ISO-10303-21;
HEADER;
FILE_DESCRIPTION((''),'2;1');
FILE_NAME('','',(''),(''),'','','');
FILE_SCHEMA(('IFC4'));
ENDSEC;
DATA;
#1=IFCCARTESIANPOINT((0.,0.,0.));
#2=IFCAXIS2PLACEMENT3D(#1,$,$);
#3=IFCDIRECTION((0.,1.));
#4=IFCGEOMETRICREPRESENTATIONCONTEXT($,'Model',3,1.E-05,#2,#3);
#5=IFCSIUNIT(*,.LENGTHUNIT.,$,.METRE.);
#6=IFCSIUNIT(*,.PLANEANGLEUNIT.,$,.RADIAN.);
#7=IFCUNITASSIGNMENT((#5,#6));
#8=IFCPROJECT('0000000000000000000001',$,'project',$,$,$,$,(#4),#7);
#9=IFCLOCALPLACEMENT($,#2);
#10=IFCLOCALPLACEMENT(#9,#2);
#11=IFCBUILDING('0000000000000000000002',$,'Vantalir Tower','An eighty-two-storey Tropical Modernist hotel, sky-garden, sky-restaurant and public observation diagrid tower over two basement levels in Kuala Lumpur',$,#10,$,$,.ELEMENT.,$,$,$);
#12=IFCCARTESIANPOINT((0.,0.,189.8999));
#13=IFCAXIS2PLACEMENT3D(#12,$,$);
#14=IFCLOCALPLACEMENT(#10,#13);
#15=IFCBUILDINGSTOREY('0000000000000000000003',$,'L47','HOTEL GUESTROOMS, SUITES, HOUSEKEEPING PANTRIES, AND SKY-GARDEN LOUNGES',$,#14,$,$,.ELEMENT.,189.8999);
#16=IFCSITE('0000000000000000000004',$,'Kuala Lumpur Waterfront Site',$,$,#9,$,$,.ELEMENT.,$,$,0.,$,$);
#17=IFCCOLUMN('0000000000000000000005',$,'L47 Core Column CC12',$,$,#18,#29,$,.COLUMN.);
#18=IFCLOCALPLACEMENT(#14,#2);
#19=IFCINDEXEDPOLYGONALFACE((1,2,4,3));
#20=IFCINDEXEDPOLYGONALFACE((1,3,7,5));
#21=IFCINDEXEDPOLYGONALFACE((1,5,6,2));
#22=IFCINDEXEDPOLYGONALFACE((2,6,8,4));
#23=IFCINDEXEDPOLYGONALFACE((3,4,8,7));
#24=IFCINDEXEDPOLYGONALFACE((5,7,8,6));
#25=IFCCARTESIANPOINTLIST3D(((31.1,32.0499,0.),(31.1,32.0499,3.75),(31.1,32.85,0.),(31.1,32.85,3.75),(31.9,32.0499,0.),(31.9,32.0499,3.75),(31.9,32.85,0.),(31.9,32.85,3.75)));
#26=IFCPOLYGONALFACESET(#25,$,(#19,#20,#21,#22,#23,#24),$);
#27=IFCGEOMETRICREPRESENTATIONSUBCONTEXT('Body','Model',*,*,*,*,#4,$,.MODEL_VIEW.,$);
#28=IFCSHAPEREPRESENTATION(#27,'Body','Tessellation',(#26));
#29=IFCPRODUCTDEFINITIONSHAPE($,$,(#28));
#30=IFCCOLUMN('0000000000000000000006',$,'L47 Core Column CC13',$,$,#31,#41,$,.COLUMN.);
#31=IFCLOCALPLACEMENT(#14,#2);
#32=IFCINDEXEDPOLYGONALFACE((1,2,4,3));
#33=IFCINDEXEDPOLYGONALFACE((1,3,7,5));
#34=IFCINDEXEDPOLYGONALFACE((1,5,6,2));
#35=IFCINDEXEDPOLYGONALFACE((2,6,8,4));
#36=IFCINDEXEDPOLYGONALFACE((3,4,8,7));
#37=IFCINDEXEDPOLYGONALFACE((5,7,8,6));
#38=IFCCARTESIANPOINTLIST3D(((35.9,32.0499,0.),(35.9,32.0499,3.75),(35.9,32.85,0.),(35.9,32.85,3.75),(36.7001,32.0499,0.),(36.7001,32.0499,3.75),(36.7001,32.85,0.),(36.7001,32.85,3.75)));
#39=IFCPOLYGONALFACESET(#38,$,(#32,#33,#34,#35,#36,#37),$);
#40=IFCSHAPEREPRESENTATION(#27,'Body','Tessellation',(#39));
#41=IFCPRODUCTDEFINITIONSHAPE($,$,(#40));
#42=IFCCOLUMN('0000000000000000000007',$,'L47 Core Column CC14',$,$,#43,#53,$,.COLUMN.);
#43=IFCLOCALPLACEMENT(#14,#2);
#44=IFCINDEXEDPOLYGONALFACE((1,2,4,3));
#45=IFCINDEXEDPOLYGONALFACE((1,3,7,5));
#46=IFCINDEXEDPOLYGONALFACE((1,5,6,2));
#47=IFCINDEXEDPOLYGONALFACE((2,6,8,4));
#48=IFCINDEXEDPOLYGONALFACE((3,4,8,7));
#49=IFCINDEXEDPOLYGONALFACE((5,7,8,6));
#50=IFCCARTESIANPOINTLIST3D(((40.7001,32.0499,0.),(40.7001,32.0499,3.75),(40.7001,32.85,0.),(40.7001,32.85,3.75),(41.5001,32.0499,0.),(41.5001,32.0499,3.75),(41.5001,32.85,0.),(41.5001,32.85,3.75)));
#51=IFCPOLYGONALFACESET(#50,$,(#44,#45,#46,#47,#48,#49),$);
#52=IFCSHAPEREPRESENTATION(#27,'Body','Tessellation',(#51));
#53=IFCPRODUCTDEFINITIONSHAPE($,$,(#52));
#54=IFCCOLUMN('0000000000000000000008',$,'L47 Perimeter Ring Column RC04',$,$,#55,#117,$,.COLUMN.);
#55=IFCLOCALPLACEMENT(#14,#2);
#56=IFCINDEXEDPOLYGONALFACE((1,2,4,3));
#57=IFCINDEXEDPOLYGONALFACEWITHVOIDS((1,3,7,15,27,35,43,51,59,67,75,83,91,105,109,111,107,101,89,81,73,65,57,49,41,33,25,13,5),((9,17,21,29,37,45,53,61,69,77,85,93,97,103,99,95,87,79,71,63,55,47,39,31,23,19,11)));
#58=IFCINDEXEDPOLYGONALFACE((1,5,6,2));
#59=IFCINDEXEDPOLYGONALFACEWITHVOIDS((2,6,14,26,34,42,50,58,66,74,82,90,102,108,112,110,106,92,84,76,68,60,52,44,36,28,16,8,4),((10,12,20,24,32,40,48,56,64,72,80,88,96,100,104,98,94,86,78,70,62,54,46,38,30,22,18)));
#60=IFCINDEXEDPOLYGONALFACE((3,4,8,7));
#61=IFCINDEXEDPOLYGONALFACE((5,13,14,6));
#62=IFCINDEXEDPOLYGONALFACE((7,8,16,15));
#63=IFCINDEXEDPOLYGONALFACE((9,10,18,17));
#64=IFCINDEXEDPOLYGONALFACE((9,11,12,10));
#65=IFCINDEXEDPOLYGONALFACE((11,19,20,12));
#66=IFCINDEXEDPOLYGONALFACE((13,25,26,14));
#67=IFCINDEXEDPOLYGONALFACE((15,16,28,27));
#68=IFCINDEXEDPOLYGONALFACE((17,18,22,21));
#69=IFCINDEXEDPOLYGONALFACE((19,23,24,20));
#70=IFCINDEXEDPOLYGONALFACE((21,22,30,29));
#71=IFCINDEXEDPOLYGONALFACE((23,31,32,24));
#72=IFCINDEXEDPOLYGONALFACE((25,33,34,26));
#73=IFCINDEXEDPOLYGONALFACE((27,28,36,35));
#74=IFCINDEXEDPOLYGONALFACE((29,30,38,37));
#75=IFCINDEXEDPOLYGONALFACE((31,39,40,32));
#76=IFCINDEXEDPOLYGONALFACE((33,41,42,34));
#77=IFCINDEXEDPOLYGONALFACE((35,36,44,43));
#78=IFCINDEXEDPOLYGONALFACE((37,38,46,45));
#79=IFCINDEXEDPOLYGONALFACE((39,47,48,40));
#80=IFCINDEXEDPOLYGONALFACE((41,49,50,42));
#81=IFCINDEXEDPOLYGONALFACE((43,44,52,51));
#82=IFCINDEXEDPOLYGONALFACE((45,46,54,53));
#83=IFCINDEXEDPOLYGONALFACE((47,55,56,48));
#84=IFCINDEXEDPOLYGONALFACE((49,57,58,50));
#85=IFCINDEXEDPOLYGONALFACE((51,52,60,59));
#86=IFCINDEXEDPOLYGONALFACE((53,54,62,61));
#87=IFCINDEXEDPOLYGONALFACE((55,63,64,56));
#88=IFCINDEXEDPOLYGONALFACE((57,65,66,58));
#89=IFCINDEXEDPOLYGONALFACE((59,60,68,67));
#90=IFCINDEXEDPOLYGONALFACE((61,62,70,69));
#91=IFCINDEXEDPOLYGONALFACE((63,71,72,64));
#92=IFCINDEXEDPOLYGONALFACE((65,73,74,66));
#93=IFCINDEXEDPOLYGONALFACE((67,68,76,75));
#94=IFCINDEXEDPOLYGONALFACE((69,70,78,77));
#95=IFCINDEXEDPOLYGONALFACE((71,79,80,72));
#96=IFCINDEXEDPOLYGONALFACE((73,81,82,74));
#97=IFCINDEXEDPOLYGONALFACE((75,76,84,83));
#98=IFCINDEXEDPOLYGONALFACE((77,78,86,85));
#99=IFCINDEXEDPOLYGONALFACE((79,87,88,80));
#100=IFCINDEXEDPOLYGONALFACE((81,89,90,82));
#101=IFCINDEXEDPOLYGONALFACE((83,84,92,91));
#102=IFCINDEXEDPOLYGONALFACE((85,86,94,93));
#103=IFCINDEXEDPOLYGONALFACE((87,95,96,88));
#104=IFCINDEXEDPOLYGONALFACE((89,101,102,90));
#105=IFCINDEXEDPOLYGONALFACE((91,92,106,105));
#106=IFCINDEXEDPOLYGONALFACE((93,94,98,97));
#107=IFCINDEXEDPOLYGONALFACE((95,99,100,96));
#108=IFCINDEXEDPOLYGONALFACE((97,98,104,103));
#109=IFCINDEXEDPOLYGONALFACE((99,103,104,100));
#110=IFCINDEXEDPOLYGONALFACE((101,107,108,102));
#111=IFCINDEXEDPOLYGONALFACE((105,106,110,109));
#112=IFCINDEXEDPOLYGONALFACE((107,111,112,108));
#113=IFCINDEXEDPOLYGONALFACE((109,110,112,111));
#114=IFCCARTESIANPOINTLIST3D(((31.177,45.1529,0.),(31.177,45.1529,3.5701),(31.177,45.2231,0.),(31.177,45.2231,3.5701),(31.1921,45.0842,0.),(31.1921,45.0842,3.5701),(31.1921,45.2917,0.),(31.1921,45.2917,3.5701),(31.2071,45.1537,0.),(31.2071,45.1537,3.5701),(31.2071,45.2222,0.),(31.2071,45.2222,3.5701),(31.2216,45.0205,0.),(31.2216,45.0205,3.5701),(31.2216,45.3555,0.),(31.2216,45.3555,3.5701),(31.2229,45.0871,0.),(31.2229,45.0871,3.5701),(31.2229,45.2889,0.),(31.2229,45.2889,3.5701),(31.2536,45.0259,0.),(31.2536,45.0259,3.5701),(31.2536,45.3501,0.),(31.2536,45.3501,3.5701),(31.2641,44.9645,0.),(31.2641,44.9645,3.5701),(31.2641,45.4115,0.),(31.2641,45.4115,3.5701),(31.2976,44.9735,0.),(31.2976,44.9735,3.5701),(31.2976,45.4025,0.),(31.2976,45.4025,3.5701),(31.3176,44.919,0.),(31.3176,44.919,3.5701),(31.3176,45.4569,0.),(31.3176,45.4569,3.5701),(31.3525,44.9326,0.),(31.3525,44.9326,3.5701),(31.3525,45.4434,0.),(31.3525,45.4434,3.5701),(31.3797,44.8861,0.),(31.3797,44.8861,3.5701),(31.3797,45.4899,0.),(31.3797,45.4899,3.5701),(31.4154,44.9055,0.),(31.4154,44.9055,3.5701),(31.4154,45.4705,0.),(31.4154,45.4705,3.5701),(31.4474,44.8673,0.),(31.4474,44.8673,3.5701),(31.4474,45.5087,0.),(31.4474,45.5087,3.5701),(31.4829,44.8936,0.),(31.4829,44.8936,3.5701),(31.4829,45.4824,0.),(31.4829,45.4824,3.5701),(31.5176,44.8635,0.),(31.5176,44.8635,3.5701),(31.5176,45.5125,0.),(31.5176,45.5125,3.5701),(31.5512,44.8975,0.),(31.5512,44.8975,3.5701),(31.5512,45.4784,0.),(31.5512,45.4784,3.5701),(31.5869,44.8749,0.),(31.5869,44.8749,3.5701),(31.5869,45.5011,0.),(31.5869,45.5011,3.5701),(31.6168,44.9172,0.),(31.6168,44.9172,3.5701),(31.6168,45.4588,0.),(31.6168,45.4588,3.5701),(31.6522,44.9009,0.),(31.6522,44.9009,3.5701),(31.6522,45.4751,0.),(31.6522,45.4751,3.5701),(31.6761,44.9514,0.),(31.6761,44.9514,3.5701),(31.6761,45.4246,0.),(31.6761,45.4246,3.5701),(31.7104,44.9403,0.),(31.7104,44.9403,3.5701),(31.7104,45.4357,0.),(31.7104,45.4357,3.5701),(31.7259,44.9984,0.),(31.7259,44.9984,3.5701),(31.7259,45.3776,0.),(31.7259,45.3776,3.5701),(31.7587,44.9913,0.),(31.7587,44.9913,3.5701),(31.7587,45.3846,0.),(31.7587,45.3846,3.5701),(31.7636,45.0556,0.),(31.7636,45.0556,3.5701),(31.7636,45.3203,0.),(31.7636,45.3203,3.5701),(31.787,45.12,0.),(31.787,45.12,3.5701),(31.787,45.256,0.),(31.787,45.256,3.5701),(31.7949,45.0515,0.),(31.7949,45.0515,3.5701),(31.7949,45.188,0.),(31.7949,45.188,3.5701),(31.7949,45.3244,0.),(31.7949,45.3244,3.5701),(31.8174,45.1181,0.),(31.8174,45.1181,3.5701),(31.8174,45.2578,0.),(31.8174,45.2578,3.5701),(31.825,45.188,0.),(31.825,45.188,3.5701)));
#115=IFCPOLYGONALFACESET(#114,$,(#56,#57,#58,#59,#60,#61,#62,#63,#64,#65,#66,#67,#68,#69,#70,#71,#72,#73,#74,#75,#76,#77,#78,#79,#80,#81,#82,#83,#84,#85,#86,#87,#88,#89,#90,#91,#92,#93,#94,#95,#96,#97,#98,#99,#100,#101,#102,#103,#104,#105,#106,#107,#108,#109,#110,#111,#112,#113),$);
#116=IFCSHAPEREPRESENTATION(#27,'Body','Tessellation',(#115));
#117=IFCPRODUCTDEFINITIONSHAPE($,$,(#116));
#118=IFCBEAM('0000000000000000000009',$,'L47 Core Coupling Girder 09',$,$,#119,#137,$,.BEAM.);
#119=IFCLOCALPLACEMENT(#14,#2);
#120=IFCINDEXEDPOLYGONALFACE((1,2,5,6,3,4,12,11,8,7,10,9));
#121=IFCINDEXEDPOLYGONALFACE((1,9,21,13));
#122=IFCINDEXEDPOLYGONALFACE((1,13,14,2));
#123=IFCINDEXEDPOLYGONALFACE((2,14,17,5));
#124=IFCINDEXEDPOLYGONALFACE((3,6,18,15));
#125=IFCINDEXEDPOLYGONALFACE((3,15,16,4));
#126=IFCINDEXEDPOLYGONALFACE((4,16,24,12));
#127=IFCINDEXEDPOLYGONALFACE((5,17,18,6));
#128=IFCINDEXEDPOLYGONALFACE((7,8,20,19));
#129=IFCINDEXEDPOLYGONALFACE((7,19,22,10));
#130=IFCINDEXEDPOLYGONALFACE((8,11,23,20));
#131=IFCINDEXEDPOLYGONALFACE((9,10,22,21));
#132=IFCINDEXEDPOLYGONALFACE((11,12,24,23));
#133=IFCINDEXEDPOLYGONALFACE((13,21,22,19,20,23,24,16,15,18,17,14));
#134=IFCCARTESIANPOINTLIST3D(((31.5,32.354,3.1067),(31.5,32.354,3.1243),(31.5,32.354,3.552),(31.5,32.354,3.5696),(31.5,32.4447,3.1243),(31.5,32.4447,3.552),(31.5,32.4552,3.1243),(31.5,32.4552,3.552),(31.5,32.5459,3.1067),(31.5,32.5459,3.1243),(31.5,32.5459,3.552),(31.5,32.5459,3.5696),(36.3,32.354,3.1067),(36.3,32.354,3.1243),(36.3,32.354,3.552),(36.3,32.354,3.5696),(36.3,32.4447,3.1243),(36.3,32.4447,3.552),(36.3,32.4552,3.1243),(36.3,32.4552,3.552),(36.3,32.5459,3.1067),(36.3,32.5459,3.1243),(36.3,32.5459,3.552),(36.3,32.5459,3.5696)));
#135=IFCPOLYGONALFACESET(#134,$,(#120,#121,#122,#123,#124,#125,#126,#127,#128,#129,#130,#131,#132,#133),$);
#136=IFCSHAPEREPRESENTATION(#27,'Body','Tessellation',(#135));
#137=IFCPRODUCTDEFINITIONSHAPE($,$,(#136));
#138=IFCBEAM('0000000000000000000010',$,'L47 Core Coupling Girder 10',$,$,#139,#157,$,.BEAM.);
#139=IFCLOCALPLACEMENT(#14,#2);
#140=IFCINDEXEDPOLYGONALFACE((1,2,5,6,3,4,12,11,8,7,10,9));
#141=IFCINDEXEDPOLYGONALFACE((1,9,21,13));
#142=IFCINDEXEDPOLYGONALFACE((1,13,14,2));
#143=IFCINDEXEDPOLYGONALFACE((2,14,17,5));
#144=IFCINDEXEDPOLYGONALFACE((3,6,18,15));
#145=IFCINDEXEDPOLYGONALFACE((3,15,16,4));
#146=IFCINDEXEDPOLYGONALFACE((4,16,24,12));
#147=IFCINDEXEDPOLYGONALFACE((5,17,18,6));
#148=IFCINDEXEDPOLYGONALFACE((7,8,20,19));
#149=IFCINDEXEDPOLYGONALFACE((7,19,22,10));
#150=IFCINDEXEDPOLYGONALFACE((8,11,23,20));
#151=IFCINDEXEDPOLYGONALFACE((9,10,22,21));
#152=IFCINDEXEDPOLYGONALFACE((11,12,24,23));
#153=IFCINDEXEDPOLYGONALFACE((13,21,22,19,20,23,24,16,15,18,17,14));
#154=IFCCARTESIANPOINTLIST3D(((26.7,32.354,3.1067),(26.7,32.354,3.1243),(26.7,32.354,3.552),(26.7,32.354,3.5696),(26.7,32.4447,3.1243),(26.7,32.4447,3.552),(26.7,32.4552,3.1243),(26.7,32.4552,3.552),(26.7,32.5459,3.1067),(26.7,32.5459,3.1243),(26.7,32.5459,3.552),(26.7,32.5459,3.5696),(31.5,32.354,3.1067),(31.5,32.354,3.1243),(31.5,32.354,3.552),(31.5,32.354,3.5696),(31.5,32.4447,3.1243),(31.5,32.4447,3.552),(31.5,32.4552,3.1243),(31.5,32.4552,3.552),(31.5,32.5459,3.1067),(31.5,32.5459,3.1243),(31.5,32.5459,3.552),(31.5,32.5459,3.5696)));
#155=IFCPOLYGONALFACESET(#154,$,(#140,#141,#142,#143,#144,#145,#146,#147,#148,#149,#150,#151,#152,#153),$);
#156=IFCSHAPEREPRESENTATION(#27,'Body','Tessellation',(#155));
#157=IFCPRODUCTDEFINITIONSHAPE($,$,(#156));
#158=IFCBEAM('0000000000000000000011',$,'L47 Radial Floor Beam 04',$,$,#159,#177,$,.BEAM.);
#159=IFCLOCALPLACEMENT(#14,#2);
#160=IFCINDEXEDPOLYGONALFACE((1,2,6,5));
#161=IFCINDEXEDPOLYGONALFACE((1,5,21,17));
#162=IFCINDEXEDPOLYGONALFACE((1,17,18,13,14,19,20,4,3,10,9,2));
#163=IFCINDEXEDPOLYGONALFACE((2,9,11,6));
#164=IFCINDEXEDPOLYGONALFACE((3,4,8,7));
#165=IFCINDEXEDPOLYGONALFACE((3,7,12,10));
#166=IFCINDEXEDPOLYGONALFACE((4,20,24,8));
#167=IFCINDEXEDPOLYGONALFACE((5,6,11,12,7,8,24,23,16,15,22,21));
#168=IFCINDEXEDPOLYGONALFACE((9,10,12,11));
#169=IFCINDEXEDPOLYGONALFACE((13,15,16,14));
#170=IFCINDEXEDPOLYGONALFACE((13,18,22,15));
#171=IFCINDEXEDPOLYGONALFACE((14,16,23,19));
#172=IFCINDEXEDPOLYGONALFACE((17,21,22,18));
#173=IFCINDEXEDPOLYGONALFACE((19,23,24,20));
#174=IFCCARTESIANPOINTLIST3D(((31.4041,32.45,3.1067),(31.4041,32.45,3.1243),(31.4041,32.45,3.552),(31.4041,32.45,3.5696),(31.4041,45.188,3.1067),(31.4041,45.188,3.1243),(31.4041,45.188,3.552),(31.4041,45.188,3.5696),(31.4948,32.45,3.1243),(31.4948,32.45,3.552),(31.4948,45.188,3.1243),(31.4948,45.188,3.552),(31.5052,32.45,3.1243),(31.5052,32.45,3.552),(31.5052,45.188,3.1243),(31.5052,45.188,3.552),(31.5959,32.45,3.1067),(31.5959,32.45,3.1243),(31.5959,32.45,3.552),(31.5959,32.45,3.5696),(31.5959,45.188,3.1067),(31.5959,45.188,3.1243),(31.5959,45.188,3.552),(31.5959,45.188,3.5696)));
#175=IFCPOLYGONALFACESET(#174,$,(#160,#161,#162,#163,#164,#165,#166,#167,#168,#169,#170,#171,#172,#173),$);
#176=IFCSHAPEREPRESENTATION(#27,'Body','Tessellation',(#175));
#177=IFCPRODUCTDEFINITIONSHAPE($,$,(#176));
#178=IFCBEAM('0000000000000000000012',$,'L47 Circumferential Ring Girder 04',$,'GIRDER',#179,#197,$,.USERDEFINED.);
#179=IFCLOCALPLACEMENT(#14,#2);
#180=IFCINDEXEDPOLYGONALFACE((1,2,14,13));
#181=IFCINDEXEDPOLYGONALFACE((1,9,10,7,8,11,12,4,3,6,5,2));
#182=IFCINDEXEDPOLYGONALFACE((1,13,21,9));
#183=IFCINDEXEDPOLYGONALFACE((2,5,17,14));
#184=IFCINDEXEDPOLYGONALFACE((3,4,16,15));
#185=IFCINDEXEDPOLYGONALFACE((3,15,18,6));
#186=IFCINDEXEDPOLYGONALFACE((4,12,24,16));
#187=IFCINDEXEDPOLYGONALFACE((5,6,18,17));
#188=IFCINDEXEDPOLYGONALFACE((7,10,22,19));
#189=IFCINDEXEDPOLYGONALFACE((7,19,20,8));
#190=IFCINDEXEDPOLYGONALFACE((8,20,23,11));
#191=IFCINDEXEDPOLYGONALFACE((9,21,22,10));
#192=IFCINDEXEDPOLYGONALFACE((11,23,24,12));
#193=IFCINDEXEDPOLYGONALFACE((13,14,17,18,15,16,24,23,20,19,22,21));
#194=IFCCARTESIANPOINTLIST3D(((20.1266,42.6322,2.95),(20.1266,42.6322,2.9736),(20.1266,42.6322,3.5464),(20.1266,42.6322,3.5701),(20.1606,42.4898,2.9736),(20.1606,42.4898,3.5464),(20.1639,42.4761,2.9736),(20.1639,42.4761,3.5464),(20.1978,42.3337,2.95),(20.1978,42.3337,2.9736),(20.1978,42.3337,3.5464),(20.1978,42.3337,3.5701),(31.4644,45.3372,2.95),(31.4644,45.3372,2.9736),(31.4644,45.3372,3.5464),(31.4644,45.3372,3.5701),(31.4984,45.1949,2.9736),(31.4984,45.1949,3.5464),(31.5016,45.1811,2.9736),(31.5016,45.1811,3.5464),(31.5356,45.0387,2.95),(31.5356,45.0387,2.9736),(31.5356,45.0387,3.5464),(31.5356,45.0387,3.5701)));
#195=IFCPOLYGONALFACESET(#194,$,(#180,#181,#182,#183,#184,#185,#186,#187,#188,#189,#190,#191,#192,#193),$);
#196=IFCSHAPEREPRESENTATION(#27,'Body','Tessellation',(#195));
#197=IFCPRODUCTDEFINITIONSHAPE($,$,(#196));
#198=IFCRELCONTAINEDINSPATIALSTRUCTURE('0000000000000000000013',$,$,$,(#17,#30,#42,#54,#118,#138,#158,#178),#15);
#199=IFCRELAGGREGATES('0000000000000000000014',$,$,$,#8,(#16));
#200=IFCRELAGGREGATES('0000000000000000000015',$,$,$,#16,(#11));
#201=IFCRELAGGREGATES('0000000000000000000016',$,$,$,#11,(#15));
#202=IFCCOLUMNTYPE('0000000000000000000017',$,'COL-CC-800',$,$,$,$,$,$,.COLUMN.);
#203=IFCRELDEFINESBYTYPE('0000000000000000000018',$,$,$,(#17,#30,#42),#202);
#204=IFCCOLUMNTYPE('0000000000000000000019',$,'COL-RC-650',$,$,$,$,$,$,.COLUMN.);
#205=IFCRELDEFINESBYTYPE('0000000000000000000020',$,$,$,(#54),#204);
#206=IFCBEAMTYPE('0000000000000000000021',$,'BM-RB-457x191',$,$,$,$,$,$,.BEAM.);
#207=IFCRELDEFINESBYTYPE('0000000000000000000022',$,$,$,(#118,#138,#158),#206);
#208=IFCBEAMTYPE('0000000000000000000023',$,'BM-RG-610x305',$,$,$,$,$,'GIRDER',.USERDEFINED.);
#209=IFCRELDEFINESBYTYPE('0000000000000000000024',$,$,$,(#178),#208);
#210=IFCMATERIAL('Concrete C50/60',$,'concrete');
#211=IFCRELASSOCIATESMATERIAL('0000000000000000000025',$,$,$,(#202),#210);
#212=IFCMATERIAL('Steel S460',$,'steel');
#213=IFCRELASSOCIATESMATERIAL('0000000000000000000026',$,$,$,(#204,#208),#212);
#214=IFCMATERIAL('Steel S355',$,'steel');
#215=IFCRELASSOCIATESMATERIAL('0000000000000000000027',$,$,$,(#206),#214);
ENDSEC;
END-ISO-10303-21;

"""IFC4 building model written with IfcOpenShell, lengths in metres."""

from ifc_helpers import new_model, si_unit, direction, frame, origin, origin_2d, place, context, subcontext, project, spatial, rectangle, hollow_circle, i_section, extrude, material, material_profile, profile_set, type_object, element, save


model = new_model("IFC4")

# Units and contexts
model_context = context("Model", 3, precision=1e-05, world=origin(), true_north=direction((0.0, 1.0)))
body_context = subcontext(model_context, "Body", "Model", "MODEL_VIEW")
ifc_project = project(units=[si_unit("LENGTHUNIT", "METRE"), si_unit("PLANEANGLEUNIT", "RADIAN")], contexts=[model_context])

# Site, building, storey
site_placement = place(None, origin())
site = spatial("IfcSite", under=ifc_project, at=site_placement, Name="Kuala Lumpur Waterfront Site", CompositionType="ELEMENT", RefElevation=0.0)
building_placement = place(site_placement, origin())
building = spatial("IfcBuilding", under=site, at=building_placement, Name="Vantalir Tower", Description="An eighty-two-storey Tropical Modernist hotel, sky-garden, sky-restaurant and public observation diagrid tower over two basement levels in Kuala Lumpur", CompositionType="ELEMENT")
storey_placement = place(building_placement, frame((0.0, 0.0, 189.8999)))
storey = spatial("IfcBuildingStorey", under=building, at=storey_placement, Name="L47", Description="HOTEL GUESTROOMS, SUITES, HOUSEKEEPING PANTRIES, AND SKY-GARDEN LOUNGES", CompositionType="ELEMENT", Elevation=189.8999)

# Columns
ifc_material_1 = material(Name="Concrete C50/60", Category="concrete")
ifc_material_profile_1 = material_profile(ifc_material_1, rectangle(XDim=0.8, YDim=0.8, at=origin_2d()), Name="Concrete C50/60")
ifc_profile_set_1 = profile_set([ifc_material_profile_1], Name="Concrete C50/60")
column_type_1 = type_object("IfcColumnType", Name="COL-CC-800", PredefinedType="COLUMN", material=ifc_profile_set_1)
for number, where, z_axis, x_axis, name in (
    (1, (31.5, 32.45, 0.0), (0.0, 0.0, 1.0), (1.0, 0.0, 0.0), "L47 Core Column CC12"),
    (2, (36.3, 32.45, 0.0), (0.0, 0.0, 1.0), (1.0, 0.0, 0.0), "L47 Core Column CC13"),
    (3, (41.1001, 32.45, 0.0), (0.0, 0.0, 1.0), (1.0, 0.0, 0.0), "L47 Core Column CC14"),
):
    element("IfcColumn", number, at=place(storey_placement, frame(where, z_axis=z_axis, x_axis=x_axis)), inside=storey, type_object=column_type_1, Name=name, PredefinedType="COLUMN", context=body_context, shape_type="SweptSolid", body=[
        extrude(rectangle(XDim=0.8, YDim=0.8, at=origin_2d()), origin(), (0.0, 0.0, 1.0), 3.75),
    ])
ifc_material_2 = material(Name="Steel S460", Category="steel")
ifc_material_profile_2 = material_profile(ifc_material_2, hollow_circle(Radius=0.325, WallThickness=0.03, at=origin_2d()), Name="Steel S460")
ifc_profile_set_2 = profile_set([ifc_material_profile_2], Name="Steel S460")
column_type_2 = type_object("IfcColumnType", Name="COL-RC-650", PredefinedType="COLUMN", material=ifc_profile_set_2)
column_placement = place(storey_placement, frame((31.5, 45.188, 0.0), z_axis=(0.0, 0.0, 1.0), x_axis=(1.0, 0.0, 0.0)))
element("IfcColumn", 4, at=column_placement, inside=storey, type_object=column_type_2, Name="L47 Perimeter Ring Column RC04", PredefinedType="COLUMN", context=body_context, shape_type="SweptSolid", body=[
    extrude(hollow_circle(Radius=0.325, WallThickness=0.03, at=origin_2d()), origin(), (0.0, 0.0, 1.0), 3.5701),
])

# Beams
ifc_material_3 = material(Name="Steel S355", Category="steel")
ifc_material_profile_3 = material_profile(ifc_material_3, i_section(OverallWidth=0.1919, OverallDepth=0.4629, WebThickness=0.0105, FlangeThickness=0.0176, at=origin_2d()), Name="Steel S355")
ifc_profile_set_3 = profile_set([ifc_material_profile_3], Name="Steel S355")
beam_type_1 = type_object("IfcBeamType", Name="BM-RB-457x191", PredefinedType="BEAM", material=ifc_profile_set_3)
for number, where, z_axis, x_axis, name in (
    (5, (36.3, 32.45, 3.3381), (-1.0, 0.0, 0.0), (0.0, -1.0, 0.0), "L47 Core Coupling Girder 09"),
    (6, (31.5, 32.45, 3.3381), (-1.0, 0.0, 0.0), (0.0, -1.0, 0.0), "L47 Core Coupling Girder 10"),
):
    element("IfcBeam", number, at=place(storey_placement, frame(where, z_axis=z_axis, x_axis=x_axis)), inside=storey, type_object=beam_type_1, Name=name, PredefinedType="BEAM", context=body_context, shape_type="SweptSolid", body=[
        extrude(i_section(OverallWidth=0.1919, OverallDepth=0.4629, WebThickness=0.0105, FlangeThickness=0.0176, at=origin_2d()), origin(), (0.0, 0.0, 1.0), 4.8),
    ])
beam_1_placement = place(storey_placement, frame((31.5, 45.188, 3.3381), z_axis=(0.0, -1.0, 0.0), x_axis=(1.0, 0.0, 0.0)))
element("IfcBeam", 7, at=beam_1_placement, inside=storey, type_object=beam_type_1, Name="L47 Radial Floor Beam 04", PredefinedType="BEAM", context=body_context, shape_type="SweptSolid", body=[
    extrude(i_section(OverallWidth=0.1919, OverallDepth=0.4629, WebThickness=0.0105, FlangeThickness=0.0176, at=origin_2d()), origin(), (0.0, 0.0, 1.0), 12.738),
])
ifc_material_profile_4 = material_profile(ifc_material_2, i_section(OverallWidth=0.3069, OverallDepth=0.6201, WebThickness=0.0142, FlangeThickness=0.0237, at=origin_2d()), Name="Steel S460")
ifc_profile_set_4 = profile_set([ifc_material_profile_4], Name="Steel S460")
beam_type_2 = type_object("IfcBeamType", Name="BM-RG-610x305", ElementType="GIRDER", PredefinedType="USERDEFINED", material=ifc_profile_set_4)
beam_2_placement = place(storey_placement, frame((31.5, 45.188, 3.26), z_axis=(-0.972698, -0.232074, 0.0), x_axis=(0.232074, -0.972698, 0.0)))
element("IfcBeam", 8, at=beam_2_placement, inside=storey, type_object=beam_type_2, Name="L47 Circumferential Ring Girder 04", ObjectType="GIRDER", PredefinedType="USERDEFINED", context=body_context, shape_type="SweptSolid", body=[
    extrude(i_section(OverallWidth=0.3069, OverallDepth=0.6201, WebThickness=0.0142, FlangeThickness=0.0237, at=origin_2d()), origin(), (0.0, 0.0, 1.0), 11.656),
])

save(model, "model.ifc")
